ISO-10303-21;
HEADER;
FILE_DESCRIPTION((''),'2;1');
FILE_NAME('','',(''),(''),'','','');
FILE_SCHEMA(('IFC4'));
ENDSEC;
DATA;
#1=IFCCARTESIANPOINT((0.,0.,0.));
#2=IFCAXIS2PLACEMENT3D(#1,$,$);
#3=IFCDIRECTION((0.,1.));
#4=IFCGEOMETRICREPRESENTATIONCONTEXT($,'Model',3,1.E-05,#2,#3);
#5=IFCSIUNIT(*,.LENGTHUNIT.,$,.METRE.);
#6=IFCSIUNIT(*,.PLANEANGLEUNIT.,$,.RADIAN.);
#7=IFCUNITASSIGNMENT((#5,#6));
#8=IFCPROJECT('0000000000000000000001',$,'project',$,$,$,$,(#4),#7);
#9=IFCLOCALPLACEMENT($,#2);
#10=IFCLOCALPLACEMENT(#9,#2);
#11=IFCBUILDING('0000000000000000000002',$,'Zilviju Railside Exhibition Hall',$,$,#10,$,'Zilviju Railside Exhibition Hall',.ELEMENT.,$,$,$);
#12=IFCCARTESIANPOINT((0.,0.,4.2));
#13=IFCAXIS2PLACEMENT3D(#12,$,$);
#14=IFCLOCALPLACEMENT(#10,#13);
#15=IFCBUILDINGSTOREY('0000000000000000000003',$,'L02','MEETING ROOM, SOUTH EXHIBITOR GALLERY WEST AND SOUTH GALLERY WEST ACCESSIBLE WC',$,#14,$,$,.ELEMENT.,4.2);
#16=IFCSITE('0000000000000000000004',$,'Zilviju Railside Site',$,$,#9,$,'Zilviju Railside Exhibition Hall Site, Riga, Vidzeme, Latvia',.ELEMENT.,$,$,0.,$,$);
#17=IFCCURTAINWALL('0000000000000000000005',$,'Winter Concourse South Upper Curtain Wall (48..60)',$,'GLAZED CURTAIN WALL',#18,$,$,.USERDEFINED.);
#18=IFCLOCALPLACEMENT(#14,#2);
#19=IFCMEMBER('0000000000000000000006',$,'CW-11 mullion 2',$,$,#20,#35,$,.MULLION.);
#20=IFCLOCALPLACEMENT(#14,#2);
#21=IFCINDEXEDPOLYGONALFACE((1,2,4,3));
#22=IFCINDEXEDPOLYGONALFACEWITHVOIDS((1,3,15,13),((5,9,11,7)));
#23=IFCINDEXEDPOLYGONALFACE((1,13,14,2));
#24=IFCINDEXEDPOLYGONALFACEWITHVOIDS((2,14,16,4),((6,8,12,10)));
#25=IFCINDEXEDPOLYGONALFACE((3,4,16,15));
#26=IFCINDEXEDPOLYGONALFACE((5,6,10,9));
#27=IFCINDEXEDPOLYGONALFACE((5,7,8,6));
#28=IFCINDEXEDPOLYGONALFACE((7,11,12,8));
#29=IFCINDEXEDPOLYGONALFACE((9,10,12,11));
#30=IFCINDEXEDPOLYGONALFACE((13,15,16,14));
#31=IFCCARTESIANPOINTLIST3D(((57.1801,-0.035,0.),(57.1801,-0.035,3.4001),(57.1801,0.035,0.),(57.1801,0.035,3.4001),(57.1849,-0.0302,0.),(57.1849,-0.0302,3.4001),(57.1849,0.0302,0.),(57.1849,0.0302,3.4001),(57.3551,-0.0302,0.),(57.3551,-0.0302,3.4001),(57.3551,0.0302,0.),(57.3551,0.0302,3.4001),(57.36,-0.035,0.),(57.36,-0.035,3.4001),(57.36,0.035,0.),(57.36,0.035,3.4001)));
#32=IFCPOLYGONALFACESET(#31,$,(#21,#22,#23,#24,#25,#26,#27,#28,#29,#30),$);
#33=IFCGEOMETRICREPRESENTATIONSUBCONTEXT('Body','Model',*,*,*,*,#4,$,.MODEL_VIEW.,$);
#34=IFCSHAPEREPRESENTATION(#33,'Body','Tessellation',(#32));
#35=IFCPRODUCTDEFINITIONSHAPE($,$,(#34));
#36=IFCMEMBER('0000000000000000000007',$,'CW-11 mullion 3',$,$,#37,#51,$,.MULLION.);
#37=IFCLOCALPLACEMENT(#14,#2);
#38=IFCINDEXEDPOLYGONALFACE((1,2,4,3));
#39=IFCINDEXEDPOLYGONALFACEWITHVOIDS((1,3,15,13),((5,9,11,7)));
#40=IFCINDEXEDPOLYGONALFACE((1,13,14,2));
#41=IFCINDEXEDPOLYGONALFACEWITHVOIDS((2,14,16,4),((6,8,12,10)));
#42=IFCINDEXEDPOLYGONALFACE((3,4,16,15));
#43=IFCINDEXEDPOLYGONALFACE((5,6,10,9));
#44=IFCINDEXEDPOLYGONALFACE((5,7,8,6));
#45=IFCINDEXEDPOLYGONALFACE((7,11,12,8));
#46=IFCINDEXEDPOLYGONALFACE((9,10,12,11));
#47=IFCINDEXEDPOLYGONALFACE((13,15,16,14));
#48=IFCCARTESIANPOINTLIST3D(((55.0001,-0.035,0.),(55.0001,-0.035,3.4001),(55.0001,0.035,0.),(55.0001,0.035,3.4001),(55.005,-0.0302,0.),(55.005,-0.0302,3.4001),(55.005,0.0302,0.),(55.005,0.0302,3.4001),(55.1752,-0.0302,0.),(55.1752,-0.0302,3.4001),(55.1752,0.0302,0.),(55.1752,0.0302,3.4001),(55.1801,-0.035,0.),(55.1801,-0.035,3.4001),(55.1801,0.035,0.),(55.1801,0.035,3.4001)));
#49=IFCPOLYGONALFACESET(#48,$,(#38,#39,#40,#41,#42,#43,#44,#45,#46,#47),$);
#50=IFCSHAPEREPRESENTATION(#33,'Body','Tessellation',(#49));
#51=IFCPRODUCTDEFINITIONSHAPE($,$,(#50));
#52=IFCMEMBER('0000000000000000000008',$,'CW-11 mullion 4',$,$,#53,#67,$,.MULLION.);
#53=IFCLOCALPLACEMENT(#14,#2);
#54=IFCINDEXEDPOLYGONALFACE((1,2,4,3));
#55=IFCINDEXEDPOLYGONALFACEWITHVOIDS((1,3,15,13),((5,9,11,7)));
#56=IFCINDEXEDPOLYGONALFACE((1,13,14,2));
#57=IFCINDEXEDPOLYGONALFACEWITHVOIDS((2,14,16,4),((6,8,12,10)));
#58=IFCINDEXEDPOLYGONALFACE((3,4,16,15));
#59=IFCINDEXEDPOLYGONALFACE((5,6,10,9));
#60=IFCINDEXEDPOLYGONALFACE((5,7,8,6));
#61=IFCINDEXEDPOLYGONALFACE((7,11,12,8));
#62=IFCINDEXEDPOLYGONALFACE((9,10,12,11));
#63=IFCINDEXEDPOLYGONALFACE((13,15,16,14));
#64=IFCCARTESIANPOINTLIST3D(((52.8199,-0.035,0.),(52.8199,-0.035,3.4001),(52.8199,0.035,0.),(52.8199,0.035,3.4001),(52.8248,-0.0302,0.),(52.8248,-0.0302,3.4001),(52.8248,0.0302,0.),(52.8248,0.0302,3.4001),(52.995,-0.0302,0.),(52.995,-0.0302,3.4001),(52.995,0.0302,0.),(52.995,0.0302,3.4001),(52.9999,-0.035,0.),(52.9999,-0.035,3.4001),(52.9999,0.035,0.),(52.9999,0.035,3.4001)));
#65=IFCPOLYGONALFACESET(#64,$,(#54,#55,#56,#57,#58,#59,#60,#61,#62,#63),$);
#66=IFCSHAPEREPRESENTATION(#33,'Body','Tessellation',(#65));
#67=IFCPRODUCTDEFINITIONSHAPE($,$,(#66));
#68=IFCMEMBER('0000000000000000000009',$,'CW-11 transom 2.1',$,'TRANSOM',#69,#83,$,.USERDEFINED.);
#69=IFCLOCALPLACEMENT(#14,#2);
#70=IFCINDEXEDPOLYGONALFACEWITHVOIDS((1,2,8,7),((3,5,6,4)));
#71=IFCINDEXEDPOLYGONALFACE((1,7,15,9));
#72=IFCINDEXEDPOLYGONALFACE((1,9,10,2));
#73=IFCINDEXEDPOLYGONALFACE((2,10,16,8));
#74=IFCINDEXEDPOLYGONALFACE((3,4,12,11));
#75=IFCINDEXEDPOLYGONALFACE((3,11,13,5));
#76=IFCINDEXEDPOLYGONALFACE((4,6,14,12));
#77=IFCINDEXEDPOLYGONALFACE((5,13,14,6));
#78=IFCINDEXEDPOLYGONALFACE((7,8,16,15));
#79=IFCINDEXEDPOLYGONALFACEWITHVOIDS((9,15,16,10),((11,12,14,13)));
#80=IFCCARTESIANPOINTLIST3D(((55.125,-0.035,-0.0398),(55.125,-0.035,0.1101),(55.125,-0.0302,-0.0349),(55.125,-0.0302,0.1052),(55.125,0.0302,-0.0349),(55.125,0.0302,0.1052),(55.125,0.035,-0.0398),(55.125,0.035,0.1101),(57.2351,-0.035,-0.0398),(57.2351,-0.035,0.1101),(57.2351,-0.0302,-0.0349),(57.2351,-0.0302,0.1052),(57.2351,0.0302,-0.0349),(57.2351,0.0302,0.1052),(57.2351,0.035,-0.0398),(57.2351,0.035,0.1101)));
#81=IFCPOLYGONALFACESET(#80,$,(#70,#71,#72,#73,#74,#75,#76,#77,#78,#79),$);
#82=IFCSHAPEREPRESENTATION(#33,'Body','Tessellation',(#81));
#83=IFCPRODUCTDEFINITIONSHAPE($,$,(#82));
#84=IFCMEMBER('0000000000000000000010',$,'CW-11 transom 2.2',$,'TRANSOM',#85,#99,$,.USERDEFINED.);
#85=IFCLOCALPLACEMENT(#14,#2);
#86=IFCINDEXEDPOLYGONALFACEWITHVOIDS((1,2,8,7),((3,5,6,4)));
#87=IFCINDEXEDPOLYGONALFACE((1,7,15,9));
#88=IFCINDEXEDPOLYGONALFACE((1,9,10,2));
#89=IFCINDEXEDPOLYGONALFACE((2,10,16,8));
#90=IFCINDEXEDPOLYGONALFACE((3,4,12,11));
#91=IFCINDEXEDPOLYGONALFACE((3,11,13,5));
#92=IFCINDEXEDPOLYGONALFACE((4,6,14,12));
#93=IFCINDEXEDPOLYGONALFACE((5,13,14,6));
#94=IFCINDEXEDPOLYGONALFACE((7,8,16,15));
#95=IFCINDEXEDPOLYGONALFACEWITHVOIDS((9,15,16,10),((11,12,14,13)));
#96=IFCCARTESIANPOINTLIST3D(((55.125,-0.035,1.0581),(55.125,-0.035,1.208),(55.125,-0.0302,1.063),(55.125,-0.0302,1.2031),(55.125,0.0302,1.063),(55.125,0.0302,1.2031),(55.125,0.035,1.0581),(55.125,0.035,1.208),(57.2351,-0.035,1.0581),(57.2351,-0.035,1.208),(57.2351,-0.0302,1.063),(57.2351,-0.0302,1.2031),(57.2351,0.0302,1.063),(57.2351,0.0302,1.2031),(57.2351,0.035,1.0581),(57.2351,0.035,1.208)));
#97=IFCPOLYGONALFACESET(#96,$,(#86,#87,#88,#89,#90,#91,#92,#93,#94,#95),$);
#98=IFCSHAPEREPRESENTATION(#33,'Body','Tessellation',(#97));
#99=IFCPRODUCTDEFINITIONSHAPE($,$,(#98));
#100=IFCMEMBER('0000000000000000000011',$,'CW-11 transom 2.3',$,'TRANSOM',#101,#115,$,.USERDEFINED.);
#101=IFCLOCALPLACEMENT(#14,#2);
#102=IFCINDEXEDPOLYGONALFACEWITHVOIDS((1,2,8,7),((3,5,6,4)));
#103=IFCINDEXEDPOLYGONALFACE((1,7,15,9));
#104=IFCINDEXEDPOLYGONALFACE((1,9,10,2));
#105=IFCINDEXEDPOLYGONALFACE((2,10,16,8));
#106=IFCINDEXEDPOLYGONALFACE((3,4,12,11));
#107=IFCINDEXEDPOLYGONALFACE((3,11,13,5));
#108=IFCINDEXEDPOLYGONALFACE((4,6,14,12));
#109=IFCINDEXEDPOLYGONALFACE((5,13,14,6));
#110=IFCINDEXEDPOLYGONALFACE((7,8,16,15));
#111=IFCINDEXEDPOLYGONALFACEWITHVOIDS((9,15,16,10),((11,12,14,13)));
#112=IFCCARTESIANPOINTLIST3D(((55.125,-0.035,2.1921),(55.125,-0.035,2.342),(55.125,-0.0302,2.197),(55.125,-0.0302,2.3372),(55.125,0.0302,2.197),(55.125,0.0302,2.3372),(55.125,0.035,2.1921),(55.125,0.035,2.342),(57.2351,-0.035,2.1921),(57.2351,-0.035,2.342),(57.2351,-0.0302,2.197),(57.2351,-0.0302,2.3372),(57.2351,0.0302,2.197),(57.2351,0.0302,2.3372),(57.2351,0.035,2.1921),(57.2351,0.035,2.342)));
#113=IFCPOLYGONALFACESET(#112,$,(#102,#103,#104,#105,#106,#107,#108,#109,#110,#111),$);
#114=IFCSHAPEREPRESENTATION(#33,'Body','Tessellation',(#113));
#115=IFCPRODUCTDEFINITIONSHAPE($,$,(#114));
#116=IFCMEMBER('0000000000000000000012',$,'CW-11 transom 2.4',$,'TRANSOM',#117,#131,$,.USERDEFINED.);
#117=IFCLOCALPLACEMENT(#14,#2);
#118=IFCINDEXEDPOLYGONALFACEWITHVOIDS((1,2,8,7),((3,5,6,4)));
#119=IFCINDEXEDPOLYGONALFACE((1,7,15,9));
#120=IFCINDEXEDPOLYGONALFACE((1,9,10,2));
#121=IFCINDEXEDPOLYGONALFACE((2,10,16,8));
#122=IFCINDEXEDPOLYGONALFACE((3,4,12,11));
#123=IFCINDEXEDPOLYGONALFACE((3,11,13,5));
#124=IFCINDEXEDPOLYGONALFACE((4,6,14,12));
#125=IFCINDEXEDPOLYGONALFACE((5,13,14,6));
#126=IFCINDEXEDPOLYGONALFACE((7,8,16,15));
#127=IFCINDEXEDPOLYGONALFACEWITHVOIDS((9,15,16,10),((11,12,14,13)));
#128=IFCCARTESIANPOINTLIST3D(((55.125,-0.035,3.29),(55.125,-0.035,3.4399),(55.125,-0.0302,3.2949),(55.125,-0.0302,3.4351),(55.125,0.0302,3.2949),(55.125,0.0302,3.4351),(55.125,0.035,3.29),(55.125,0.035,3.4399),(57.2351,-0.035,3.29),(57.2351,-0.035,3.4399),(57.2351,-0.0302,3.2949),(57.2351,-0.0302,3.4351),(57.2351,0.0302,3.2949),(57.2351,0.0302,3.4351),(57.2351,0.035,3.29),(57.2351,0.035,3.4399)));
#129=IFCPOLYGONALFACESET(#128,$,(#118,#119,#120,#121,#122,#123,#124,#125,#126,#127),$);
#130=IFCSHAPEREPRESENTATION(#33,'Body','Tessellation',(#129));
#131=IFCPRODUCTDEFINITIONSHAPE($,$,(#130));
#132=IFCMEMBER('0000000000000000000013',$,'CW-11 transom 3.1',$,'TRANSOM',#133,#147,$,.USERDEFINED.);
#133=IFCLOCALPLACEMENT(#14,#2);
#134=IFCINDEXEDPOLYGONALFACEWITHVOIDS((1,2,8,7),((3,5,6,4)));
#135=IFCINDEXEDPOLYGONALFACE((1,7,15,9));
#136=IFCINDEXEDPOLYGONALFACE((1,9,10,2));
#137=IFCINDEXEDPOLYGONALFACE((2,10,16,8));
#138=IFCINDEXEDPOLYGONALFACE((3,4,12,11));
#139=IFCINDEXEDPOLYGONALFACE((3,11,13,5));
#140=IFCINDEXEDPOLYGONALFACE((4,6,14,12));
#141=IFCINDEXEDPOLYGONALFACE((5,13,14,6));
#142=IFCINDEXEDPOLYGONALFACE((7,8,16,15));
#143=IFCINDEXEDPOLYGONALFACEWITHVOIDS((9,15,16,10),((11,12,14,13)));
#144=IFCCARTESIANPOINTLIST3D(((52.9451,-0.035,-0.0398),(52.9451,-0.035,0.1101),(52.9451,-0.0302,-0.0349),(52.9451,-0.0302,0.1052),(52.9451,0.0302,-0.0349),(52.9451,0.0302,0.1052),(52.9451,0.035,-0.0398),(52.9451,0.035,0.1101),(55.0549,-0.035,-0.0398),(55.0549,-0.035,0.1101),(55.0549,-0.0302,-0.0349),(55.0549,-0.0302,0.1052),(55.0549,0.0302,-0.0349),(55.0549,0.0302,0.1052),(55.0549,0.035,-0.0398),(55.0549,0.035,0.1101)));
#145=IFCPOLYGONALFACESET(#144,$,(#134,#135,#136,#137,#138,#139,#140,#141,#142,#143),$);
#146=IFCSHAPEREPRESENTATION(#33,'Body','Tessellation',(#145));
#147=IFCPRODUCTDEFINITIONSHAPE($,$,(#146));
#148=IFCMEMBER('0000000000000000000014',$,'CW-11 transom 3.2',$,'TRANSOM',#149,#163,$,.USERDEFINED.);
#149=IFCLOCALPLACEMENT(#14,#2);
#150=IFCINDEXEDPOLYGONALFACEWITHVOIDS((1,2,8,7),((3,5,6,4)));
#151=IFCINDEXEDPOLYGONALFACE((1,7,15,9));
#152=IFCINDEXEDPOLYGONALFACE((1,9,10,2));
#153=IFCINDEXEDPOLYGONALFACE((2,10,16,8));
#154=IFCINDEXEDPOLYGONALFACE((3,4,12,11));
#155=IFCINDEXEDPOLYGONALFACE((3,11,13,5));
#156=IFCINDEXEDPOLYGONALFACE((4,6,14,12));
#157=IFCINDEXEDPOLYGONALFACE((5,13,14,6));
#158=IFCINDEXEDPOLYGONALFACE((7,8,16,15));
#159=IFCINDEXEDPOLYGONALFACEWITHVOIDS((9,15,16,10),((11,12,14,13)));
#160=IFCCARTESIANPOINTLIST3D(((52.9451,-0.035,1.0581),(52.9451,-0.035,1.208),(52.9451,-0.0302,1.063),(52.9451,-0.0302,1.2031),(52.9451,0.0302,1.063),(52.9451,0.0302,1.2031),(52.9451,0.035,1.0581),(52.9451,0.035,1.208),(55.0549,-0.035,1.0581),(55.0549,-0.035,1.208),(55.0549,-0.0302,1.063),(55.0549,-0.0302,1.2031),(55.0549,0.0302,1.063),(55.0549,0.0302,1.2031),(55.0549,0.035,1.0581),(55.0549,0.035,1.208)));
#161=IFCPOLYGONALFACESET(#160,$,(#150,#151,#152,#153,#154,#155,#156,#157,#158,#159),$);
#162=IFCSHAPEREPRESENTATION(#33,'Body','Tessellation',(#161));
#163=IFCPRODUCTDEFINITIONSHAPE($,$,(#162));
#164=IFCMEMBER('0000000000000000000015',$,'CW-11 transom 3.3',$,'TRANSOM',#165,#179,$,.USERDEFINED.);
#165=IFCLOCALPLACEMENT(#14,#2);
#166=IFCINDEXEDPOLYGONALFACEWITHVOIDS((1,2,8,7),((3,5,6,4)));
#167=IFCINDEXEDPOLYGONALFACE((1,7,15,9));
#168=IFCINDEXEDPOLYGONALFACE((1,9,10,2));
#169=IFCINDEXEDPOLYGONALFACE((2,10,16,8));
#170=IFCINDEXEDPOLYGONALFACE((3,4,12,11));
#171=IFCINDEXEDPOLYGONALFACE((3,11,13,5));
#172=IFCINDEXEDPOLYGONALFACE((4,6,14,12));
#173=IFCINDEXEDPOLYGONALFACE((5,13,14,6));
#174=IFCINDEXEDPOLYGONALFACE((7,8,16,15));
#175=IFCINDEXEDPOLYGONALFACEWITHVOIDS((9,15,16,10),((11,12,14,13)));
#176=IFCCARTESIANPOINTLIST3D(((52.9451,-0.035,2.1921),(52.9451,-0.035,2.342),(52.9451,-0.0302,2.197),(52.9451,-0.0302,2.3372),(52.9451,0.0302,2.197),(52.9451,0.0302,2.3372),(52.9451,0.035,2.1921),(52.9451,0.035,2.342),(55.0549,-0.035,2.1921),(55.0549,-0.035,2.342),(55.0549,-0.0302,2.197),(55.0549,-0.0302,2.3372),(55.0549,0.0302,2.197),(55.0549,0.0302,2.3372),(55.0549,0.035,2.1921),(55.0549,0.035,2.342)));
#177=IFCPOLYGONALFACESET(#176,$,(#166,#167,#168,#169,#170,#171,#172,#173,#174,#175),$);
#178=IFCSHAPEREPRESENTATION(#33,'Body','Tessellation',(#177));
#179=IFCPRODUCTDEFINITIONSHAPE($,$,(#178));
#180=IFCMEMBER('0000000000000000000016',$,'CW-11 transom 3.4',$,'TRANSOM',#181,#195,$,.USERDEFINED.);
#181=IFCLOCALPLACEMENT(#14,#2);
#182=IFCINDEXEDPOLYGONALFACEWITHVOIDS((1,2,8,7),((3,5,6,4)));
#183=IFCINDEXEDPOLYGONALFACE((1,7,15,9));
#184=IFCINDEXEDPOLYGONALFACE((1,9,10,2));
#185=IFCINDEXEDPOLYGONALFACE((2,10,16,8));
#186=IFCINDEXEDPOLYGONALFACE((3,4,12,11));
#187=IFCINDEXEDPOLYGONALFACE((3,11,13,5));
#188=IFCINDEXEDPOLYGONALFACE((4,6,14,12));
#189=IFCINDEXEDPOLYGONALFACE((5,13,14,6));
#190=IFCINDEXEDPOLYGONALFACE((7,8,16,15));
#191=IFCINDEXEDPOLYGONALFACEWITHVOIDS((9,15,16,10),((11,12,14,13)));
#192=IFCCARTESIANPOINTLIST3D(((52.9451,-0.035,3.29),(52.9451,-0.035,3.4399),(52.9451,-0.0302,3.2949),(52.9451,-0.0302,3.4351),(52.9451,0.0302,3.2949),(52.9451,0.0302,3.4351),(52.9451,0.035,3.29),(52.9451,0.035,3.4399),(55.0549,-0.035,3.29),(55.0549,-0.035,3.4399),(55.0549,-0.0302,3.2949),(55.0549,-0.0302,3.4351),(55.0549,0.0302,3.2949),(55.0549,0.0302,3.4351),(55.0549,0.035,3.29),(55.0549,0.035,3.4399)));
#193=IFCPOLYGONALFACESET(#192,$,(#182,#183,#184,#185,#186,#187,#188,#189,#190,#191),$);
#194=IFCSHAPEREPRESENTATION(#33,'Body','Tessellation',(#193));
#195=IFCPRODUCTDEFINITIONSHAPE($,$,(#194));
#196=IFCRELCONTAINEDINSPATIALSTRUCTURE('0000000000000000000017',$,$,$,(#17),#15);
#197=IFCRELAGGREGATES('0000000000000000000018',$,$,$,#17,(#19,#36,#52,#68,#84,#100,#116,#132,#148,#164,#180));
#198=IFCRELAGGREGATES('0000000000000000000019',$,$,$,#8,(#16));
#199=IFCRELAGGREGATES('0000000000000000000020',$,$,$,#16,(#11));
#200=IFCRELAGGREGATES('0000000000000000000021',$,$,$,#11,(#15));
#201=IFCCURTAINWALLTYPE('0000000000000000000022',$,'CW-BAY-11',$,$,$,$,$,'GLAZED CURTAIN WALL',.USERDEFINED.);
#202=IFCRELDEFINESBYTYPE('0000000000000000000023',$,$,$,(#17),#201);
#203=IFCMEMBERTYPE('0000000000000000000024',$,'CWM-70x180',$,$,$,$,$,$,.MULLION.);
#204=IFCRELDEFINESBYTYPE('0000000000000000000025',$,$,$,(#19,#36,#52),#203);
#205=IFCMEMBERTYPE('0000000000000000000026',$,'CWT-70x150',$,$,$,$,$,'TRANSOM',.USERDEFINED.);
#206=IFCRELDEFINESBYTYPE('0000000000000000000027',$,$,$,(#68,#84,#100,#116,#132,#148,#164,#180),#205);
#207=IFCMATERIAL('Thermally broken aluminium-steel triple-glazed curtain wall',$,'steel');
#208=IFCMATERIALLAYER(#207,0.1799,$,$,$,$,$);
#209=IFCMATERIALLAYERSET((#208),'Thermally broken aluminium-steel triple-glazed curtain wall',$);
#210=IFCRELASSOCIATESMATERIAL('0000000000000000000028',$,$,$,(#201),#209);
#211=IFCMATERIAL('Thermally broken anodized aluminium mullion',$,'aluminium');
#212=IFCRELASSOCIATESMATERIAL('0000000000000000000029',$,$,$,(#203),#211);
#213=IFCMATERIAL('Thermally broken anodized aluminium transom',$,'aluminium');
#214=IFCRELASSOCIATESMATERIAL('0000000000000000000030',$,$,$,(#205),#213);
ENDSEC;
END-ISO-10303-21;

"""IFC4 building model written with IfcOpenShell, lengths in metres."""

from ifc_helpers import new_model, si_unit, direction, frame, origin, origin_2d, place, context, subcontext, project, spatial, hollow_rectangle, extrude, material, layer, layer_set, material_profile, profile_set, type_object, element, aggregate, save


model = new_model("IFC4")

# Units and contexts
model_context = context("Model", 3, precision=1e-05, world=origin(), true_north=direction((0.0, 1.0)))
body_context = subcontext(model_context, "Body", "Model", "MODEL_VIEW")
ifc_project = project(units=[si_unit("LENGTHUNIT", "METRE"), si_unit("PLANEANGLEUNIT", "RADIAN")], contexts=[model_context])

# Site, building, storey
site_placement = place(None, origin())
site = spatial("IfcSite", under=ifc_project, at=site_placement, Name="Zilviju Railside Site", LongName="Zilviju Railside Exhibition Hall Site, Riga, Vidzeme, Latvia", CompositionType="ELEMENT", RefElevation=0.0)
building_placement = place(site_placement, origin())
building = spatial("IfcBuilding", under=site, at=building_placement, Name="Zilviju Railside Exhibition Hall", LongName="Zilviju Railside Exhibition Hall", CompositionType="ELEMENT")
storey_placement = place(building_placement, frame((0.0, 0.0, 4.2)))
storey = spatial("IfcBuildingStorey", under=building, at=storey_placement, Name="L02", Description="MEETING ROOM, SOUTH EXHIBITOR GALLERY WEST AND SOUTH GALLERY WEST ACCESSIBLE WC", CompositionType="ELEMENT", Elevation=4.2)

# Curtain wall, members
ifc_material_1 = material(Name="Thermally broken aluminium-steel triple-glazed curtain wall", Category="steel")
ifc_layer_1 = layer(ifc_material_1, 0.1799)
ifc_layer_set_1 = layer_set([ifc_layer_1], Name="Thermally broken aluminium-steel triple-glazed curtain wall")
curtain_wall_type = type_object("IfcCurtainWallType", Name="CW-BAY-11", ElementType="GLAZED CURTAIN WALL", PredefinedType="USERDEFINED", material=ifc_layer_set_1)
curtain_wall_placement = place(storey_placement, origin())
curtain_wall = element("IfcCurtainWall", 1, at=curtain_wall_placement, inside=storey, type_object=curtain_wall_type, Name="Winter Concourse South Upper Curtain Wall (48..60)", ObjectType="GLAZED CURTAIN WALL", PredefinedType="USERDEFINED")
ifc_material_2 = material(Name="Thermally broken anodized aluminium mullion", Category="aluminium")
ifc_material_profile_1 = material_profile(ifc_material_2, hollow_rectangle(XDim=0.0701, YDim=0.1799, WallThickness=0.0049, at=origin_2d()), Name="MULLION 180x70x5")
ifc_profile_set_1 = profile_set([ifc_material_profile_1], Name="Thermally broken anodized aluminium mullion")
member_type_1 = type_object("IfcMemberType", Name="CWM-70x180", PredefinedType="MULLION", material=ifc_profile_set_1)
member_1_placement = place(storey_placement, frame((57.27, 0.0, 0.0), z_axis=(0.0, 0.0, 1.0), x_axis=(0.0, -1.0, 0.0)))
member_1 = element("IfcMember", 2, at=member_1_placement, type_object=member_type_1, Name="CW-11 mullion 2", PredefinedType="MULLION", context=body_context, shape_type="SweptSolid", body=[
    extrude(hollow_rectangle(XDim=0.0701, YDim=0.1799, WallThickness=0.0049, at=origin_2d()), origin(), (0.0, 0.0, 1.0), 3.4001),
])
member_2_placement = place(storey_placement, frame((55.0901, 0.0, 0.0), z_axis=(0.0, 0.0, 1.0), x_axis=(0.0, -1.0, 0.0)))
member_2 = element("IfcMember", 3, at=member_2_placement, type_object=member_type_1, Name="CW-11 mullion 3", PredefinedType="MULLION", context=body_context, shape_type="SweptSolid", body=[
    extrude(hollow_rectangle(XDim=0.0701, YDim=0.1799, WallThickness=0.0049, at=origin_2d()), origin(), (0.0, 0.0, 1.0), 3.4001),
])
member_3_placement = place(storey_placement, frame((52.9099, 0.0, 0.0), z_axis=(0.0, 0.0, 1.0), x_axis=(0.0, -1.0, 0.0)))
member_3 = element("IfcMember", 4, at=member_3_placement, type_object=member_type_1, Name="CW-11 mullion 4", PredefinedType="MULLION", context=body_context, shape_type="SweptSolid", body=[
    extrude(hollow_rectangle(XDim=0.0701, YDim=0.1799, WallThickness=0.0049, at=origin_2d()), origin(), (0.0, 0.0, 1.0), 3.4001),
])
ifc_material_3 = material(Name="Thermally broken anodized aluminium transom", Category="aluminium")
ifc_material_profile_2 = material_profile(ifc_material_3, hollow_rectangle(XDim=0.0701, YDim=0.1499, WallThickness=0.0049, at=origin_2d()), Name="TRANSOM 150x70x5")
ifc_profile_set_2 = profile_set([ifc_material_profile_2], Name="Thermally broken anodized aluminium transom")
member_type_2 = type_object("IfcMemberType", Name="CWT-70x150", ElementType="TRANSOM", PredefinedType="USERDEFINED", material=ifc_profile_set_2)
member_4_placement = place(storey_placement, frame((57.2351, 0.0, 0.0352), z_axis=(-1.0, 0.0, 0.0), x_axis=(0.0, -1.0, 0.0)))
member_4 = element("IfcMember", 5, at=member_4_placement, type_object=member_type_2, Name="CW-11 transom 2.1", ObjectType="TRANSOM", PredefinedType="USERDEFINED", context=body_context, shape_type="SweptSolid", body=[
    extrude(hollow_rectangle(XDim=0.0701, YDim=0.1499, WallThickness=0.0049, at=origin_2d()), origin(), (0.0, 0.0, 1.0), 2.1101),
])
member_5_placement = place(storey_placement, frame((57.2351, 0.0, 1.1331), z_axis=(-1.0, 0.0, 0.0), x_axis=(0.0, -1.0, 0.0)))
member_5 = element("IfcMember", 6, at=member_5_placement, type_object=member_type_2, Name="CW-11 transom 2.2", ObjectType="TRANSOM", PredefinedType="USERDEFINED", context=body_context, shape_type="SweptSolid", body=[
    extrude(hollow_rectangle(XDim=0.0701, YDim=0.1499, WallThickness=0.0049, at=origin_2d()), origin(), (0.0, 0.0, 1.0), 2.1101),
])
member_6_placement = place(storey_placement, frame((57.2351, 0.0, 2.2671), z_axis=(-1.0, 0.0, 0.0), x_axis=(0.0, -1.0, 0.0)))
member_6 = element("IfcMember", 7, at=member_6_placement, type_object=member_type_2, Name="CW-11 transom 2.3", ObjectType="TRANSOM", PredefinedType="USERDEFINED", context=body_context, shape_type="SweptSolid", body=[
    extrude(hollow_rectangle(XDim=0.0701, YDim=0.1499, WallThickness=0.0049, at=origin_2d()), origin(), (0.0, 0.0, 1.0), 2.1101),
])
member_7_placement = place(storey_placement, frame((57.2351, 0.0, 3.365), z_axis=(-1.0, 0.0, 0.0), x_axis=(0.0, -1.0, 0.0)))
member_7 = element("IfcMember", 8, at=member_7_placement, type_object=member_type_2, Name="CW-11 transom 2.4", ObjectType="TRANSOM", PredefinedType="USERDEFINED", context=body_context, shape_type="SweptSolid", body=[
    extrude(hollow_rectangle(XDim=0.0701, YDim=0.1499, WallThickness=0.0049, at=origin_2d()), origin(), (0.0, 0.0, 1.0), 2.1101),
])
member_8_placement = place(storey_placement, frame((55.0549, 0.0, 0.0352), z_axis=(-1.0, 0.0, 0.0), x_axis=(0.0, -1.0, 0.0)))
member_8 = element("IfcMember", 9, at=member_8_placement, type_object=member_type_2, Name="CW-11 transom 3.1", ObjectType="TRANSOM", PredefinedType="USERDEFINED", context=body_context, shape_type="SweptSolid", body=[
    extrude(hollow_rectangle(XDim=0.0701, YDim=0.1499, WallThickness=0.0049, at=origin_2d()), origin(), (0.0, 0.0, 1.0), 2.1099),
])
member_9_placement = place(storey_placement, frame((55.0549, 0.0, 1.1331), z_axis=(-1.0, 0.0, 0.0), x_axis=(0.0, -1.0, 0.0)))
member_9 = element("IfcMember", 10, at=member_9_placement, type_object=member_type_2, Name="CW-11 transom 3.2", ObjectType="TRANSOM", PredefinedType="USERDEFINED", context=body_context, shape_type="SweptSolid", body=[
    extrude(hollow_rectangle(XDim=0.0701, YDim=0.1499, WallThickness=0.0049, at=origin_2d()), origin(), (0.0, 0.0, 1.0), 2.1099),
])
member_10_placement = place(storey_placement, frame((55.0549, 0.0, 2.2671), z_axis=(-1.0, 0.0, 0.0), x_axis=(0.0, -1.0, 0.0)))
member_10 = element("IfcMember", 11, at=member_10_placement, type_object=member_type_2, Name="CW-11 transom 3.3", ObjectType="TRANSOM", PredefinedType="USERDEFINED", context=body_context, shape_type="SweptSolid", body=[
    extrude(hollow_rectangle(XDim=0.0701, YDim=0.1499, WallThickness=0.0049, at=origin_2d()), origin(), (0.0, 0.0, 1.0), 2.1099),
])
member_11_placement = place(storey_placement, frame((55.0549, 0.0, 3.365), z_axis=(-1.0, 0.0, 0.0), x_axis=(0.0, -1.0, 0.0)))
member_11 = element("IfcMember", 12, at=member_11_placement, type_object=member_type_2, Name="CW-11 transom 3.4", ObjectType="TRANSOM", PredefinedType="USERDEFINED", context=body_context, shape_type="SweptSolid", body=[
    extrude(hollow_rectangle(XDim=0.0701, YDim=0.1499, WallThickness=0.0049, at=origin_2d()), origin(), (0.0, 0.0, 1.0), 2.1099),
])
aggregate(curtain_wall, [member_1, member_2, member_3, member_4, member_5, member_6, member_7, member_8, member_9, member_10, member_11])

save(model, "model.ifc")
